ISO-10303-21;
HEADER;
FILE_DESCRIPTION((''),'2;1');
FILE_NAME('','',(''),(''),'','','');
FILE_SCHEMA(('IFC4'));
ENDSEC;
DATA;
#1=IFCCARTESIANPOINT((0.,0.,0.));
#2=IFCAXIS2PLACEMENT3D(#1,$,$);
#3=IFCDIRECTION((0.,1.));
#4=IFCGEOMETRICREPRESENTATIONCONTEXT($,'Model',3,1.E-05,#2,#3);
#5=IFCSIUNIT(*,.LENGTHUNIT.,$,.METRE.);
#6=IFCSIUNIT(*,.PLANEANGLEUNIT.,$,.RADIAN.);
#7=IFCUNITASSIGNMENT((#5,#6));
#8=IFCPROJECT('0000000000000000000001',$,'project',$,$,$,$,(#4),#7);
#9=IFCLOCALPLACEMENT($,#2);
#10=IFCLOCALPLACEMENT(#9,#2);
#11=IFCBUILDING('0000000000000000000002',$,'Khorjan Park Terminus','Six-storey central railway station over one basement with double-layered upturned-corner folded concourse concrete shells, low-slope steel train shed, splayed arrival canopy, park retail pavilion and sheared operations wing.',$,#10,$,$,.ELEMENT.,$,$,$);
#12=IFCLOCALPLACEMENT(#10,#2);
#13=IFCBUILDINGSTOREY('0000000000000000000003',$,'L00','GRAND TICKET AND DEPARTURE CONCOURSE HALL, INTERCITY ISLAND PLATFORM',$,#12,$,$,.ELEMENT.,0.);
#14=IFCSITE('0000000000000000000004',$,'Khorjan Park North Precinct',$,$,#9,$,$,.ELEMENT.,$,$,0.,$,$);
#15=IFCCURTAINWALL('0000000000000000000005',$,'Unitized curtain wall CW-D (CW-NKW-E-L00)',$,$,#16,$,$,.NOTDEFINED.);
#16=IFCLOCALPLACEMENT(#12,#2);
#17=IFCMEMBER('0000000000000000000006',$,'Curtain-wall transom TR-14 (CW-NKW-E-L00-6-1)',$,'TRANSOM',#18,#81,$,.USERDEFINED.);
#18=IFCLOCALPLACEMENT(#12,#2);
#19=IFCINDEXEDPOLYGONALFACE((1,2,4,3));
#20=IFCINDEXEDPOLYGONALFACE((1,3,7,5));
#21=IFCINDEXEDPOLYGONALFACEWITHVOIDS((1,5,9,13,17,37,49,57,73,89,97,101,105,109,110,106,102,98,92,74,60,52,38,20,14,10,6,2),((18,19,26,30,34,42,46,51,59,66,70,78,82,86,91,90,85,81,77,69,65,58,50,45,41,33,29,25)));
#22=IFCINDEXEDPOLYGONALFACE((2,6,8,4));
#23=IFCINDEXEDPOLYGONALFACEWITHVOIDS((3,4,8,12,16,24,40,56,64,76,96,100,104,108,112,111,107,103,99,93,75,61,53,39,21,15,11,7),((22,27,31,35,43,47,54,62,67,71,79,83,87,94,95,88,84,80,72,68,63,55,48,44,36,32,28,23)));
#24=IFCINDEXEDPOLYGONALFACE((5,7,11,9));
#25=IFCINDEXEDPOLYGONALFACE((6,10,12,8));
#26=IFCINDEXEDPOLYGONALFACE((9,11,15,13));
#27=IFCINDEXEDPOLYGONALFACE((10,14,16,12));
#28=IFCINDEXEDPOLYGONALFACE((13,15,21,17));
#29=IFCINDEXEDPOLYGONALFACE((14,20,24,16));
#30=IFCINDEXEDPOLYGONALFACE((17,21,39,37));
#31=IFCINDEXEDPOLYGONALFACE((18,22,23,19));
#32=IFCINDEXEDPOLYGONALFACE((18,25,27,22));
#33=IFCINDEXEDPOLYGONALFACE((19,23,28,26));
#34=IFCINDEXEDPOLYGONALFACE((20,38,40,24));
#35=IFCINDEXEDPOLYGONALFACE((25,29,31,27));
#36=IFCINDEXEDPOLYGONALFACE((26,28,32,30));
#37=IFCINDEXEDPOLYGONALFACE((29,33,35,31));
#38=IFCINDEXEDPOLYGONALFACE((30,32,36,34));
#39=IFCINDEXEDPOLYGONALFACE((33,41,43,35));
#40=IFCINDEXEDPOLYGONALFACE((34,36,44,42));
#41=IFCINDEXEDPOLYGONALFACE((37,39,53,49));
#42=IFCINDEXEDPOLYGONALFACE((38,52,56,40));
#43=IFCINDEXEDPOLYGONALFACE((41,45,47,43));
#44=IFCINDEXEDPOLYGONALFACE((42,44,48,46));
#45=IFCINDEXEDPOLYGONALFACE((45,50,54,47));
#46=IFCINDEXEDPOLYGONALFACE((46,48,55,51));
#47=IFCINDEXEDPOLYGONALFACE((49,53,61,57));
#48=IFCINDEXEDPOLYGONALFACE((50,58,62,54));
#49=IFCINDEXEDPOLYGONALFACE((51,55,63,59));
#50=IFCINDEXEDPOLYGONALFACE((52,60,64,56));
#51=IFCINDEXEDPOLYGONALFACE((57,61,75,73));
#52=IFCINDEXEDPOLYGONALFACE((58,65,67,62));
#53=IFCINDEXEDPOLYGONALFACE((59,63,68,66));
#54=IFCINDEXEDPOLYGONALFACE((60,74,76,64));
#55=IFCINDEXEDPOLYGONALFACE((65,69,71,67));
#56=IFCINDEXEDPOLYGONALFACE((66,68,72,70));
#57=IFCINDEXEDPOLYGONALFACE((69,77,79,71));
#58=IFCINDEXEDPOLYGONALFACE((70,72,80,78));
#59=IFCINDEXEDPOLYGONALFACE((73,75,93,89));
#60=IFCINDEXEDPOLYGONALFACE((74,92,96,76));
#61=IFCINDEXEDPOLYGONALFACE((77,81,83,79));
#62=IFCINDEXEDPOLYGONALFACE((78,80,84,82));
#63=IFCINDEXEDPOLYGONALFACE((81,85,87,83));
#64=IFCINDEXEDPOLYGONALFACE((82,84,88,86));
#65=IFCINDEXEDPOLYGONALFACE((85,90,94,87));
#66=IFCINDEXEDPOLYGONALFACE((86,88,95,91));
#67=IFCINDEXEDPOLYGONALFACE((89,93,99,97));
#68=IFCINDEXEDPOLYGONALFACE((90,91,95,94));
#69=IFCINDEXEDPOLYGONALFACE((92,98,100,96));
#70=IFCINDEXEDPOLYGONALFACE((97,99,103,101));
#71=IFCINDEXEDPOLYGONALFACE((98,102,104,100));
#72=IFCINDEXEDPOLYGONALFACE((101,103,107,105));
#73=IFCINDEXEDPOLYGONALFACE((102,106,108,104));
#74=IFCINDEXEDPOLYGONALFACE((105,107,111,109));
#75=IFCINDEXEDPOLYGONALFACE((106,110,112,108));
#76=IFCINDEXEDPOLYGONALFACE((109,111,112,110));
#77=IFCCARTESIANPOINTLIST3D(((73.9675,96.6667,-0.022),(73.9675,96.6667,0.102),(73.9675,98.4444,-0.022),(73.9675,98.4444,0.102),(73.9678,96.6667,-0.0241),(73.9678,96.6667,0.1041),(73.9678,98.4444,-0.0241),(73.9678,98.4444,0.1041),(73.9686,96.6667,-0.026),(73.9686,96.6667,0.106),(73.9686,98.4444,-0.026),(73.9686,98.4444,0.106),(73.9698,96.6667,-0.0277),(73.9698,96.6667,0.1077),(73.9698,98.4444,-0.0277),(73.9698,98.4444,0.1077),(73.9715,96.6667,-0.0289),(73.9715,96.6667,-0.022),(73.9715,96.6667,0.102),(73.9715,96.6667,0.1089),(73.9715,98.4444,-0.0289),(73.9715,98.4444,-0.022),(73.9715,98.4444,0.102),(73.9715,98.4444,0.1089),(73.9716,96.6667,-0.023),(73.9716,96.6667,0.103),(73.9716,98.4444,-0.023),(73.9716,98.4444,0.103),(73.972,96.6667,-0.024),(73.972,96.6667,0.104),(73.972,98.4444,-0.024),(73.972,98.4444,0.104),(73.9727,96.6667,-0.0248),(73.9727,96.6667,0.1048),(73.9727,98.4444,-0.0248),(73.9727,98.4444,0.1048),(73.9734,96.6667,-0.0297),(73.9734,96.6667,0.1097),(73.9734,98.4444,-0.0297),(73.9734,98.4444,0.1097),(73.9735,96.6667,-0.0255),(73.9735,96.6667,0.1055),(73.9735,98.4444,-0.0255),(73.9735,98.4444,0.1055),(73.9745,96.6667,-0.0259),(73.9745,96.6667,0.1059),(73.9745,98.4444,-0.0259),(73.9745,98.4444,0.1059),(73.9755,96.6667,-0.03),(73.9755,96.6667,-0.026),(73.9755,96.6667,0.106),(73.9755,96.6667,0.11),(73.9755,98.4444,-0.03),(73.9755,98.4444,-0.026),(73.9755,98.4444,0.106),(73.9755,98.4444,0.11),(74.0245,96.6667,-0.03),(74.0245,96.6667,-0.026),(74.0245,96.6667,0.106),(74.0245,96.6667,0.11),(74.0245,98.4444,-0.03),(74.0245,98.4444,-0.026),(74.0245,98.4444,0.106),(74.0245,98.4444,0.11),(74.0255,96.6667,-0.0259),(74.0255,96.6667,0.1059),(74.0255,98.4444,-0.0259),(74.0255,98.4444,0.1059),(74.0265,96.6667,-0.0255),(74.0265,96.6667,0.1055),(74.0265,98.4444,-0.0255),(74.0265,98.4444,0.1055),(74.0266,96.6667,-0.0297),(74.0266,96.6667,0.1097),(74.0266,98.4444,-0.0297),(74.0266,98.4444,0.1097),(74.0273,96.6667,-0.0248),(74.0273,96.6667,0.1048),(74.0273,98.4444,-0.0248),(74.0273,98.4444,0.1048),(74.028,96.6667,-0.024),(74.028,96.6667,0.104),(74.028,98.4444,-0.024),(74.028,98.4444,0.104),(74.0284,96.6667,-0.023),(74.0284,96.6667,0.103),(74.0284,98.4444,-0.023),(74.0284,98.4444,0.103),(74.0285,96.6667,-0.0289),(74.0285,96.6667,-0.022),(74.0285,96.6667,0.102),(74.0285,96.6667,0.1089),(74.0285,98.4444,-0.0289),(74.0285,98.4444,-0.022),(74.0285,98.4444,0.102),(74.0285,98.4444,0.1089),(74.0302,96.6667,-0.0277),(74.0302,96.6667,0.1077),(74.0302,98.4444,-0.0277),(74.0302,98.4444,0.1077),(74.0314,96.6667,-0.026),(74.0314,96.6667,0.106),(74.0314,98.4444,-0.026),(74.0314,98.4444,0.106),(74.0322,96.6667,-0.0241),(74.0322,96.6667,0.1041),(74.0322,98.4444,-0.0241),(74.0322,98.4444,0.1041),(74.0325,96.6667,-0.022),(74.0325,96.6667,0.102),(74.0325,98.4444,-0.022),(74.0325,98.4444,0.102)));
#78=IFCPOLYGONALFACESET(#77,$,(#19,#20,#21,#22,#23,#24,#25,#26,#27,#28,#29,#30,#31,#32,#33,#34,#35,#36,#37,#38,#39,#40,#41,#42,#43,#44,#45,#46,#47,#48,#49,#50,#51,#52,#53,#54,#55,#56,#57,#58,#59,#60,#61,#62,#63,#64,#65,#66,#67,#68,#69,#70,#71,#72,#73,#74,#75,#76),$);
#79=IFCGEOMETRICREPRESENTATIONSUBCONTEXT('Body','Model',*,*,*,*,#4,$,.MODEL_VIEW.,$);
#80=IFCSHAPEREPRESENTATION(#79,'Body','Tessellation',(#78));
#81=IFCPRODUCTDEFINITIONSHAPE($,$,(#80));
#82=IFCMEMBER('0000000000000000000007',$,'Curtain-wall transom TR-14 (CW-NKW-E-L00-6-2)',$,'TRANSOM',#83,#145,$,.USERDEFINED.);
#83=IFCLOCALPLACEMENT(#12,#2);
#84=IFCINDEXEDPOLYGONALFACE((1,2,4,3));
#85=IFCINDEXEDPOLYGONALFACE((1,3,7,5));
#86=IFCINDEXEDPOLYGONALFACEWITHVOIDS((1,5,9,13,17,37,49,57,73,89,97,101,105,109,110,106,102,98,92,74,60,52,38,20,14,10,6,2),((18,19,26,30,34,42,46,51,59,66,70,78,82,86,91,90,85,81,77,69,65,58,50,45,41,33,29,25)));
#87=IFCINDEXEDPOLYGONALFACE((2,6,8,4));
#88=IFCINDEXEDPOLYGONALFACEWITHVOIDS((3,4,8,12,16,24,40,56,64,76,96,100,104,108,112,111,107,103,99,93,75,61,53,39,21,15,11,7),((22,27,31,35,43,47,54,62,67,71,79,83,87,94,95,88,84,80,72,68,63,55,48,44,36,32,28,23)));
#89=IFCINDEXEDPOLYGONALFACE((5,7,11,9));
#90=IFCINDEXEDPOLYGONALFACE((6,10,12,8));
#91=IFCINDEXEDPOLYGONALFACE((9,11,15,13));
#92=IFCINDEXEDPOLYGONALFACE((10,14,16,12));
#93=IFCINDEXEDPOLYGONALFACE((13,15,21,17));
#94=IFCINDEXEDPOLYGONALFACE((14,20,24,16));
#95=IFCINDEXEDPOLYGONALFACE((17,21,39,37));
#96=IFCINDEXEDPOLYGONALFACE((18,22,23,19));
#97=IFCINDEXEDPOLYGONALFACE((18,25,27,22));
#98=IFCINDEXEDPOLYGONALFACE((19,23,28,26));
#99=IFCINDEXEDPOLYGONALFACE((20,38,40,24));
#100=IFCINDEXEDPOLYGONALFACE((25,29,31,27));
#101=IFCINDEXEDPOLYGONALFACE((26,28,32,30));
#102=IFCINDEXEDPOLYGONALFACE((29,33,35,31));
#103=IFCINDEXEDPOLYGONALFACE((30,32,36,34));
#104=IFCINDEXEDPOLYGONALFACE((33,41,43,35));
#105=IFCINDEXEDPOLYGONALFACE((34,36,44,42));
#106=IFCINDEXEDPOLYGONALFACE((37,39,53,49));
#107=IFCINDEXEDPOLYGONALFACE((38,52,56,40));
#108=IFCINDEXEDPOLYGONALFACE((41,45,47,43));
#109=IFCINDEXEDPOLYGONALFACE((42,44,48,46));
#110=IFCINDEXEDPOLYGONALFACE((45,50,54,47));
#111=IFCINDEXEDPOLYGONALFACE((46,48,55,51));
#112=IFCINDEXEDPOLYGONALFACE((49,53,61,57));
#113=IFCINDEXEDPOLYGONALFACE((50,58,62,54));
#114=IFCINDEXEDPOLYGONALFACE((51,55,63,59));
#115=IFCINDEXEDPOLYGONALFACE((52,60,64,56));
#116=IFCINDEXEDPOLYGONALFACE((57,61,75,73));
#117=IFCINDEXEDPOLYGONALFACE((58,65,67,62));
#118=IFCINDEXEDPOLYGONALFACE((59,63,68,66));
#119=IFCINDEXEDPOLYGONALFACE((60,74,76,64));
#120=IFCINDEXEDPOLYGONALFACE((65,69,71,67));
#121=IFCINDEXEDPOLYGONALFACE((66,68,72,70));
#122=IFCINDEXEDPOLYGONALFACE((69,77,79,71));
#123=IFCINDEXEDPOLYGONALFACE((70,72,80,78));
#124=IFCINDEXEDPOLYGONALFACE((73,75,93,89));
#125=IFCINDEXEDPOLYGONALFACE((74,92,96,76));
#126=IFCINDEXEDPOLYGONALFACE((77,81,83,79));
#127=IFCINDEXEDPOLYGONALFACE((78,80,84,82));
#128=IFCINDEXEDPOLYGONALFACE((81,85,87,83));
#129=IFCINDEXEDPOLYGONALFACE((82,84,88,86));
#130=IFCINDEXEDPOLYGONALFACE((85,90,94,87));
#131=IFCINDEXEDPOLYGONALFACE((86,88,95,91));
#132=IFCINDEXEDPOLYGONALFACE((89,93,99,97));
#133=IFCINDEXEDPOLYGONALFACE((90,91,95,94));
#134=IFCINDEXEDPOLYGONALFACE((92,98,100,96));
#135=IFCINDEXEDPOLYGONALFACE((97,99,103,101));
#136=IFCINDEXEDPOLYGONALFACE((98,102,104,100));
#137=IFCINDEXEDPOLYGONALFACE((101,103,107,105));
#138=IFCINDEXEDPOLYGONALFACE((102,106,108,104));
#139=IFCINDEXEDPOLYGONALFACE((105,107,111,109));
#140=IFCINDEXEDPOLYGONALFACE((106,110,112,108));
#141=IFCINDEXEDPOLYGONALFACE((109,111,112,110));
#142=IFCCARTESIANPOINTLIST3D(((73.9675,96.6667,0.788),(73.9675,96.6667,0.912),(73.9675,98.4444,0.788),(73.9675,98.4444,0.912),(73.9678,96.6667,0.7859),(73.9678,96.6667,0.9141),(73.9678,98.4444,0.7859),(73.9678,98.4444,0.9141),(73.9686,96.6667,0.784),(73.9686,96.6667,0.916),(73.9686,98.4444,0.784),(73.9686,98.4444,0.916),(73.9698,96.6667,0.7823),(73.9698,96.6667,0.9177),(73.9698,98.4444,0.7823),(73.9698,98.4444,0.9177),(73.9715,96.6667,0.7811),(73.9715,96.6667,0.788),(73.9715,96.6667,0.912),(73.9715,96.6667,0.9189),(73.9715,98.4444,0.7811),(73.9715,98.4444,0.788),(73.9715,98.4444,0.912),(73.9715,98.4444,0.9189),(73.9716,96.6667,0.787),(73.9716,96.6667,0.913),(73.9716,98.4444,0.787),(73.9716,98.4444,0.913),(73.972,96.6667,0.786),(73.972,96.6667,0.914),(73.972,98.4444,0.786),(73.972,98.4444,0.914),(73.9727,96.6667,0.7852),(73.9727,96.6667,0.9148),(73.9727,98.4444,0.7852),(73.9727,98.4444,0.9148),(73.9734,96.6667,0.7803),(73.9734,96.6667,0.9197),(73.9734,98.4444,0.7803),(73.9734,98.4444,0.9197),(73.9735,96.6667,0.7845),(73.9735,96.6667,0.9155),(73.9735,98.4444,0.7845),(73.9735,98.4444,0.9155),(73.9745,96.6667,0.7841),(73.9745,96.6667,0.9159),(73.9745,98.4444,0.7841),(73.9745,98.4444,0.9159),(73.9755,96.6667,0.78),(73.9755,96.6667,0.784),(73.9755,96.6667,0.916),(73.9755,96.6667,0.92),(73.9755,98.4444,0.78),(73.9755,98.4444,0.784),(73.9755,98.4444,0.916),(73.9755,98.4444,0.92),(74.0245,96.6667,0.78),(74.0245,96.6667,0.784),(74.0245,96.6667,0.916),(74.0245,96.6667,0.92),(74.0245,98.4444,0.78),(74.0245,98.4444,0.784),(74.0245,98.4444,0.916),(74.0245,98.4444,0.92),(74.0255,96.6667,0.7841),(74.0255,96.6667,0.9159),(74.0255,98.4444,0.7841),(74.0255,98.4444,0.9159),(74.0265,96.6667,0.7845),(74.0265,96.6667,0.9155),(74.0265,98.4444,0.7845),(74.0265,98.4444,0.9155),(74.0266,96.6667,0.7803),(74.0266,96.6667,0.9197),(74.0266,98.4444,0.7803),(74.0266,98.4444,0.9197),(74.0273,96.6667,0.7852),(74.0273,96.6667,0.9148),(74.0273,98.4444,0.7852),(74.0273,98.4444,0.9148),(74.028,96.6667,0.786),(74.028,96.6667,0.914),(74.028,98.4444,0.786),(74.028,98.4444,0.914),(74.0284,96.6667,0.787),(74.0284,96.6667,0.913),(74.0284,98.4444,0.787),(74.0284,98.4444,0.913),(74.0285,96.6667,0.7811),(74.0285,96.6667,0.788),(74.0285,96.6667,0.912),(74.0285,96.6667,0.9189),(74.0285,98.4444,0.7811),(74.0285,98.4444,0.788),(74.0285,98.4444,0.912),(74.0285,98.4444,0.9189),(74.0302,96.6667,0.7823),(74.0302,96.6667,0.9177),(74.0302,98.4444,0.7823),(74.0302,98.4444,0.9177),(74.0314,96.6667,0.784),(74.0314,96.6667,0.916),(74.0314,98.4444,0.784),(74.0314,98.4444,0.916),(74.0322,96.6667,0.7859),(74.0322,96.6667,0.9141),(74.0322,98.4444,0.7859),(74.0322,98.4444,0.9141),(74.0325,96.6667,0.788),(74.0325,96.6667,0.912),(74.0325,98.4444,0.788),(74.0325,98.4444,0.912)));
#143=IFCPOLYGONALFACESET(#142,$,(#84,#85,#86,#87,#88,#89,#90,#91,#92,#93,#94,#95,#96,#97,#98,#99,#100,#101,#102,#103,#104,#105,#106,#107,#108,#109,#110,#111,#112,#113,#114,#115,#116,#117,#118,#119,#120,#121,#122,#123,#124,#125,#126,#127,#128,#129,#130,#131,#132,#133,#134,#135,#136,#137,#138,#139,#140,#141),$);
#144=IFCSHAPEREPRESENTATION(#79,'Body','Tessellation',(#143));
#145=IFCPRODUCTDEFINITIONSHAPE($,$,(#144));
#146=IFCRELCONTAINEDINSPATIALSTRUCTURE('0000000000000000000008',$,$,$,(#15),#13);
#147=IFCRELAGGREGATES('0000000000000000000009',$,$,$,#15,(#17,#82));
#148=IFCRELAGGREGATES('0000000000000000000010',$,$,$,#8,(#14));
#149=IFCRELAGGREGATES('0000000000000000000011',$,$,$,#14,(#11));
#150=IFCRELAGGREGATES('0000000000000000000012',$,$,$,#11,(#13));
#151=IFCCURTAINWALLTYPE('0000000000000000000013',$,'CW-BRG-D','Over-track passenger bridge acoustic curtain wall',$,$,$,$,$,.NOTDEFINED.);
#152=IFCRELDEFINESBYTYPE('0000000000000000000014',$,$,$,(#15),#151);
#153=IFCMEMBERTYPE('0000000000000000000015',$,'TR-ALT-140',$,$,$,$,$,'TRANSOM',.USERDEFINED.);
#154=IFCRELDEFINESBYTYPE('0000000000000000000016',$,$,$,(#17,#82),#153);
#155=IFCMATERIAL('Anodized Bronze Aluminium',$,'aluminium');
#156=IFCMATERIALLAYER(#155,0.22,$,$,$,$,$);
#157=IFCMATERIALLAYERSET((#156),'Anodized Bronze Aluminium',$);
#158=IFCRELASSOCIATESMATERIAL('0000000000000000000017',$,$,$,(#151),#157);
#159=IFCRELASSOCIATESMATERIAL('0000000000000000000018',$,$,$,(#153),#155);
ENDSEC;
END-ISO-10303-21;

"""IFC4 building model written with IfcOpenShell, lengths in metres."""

from ifc_helpers import new_model, si_unit, direction, frame, origin, origin_2d, place, context, subcontext, project, spatial, hollow_rectangle, extrude, material, layer, layer_set, material_profile, profile_set, type_object, element, aggregate, save


model = new_model("IFC4")

# Units and contexts
model_context = context("Model", 3, precision=1e-05, world=origin(), true_north=direction((0.0, 1.0)))
body_context = subcontext(model_context, "Body", "Model", "MODEL_VIEW")
ifc_project = project(units=[si_unit("LENGTHUNIT", "METRE"), si_unit("PLANEANGLEUNIT", "RADIAN")], contexts=[model_context])

# Site, building, storey
site_placement = place(None, origin())
site = spatial("IfcSite", under=ifc_project, at=site_placement, Name="Khorjan Park North Precinct", CompositionType="ELEMENT", RefElevation=0.0)
building_placement = place(site_placement, origin())
building = spatial("IfcBuilding", under=site, at=building_placement, Name="Khorjan Park Terminus", Description="Six-storey central railway station over one basement with double-layered upturned-corner folded concourse concrete shells, low-slope steel train shed, splayed arrival canopy, park retail pavilion and sheared operations wing.", CompositionType="ELEMENT")
storey_placement = place(building_placement, origin())
storey = spatial("IfcBuildingStorey", under=building, at=storey_placement, Name="L00", Description="GRAND TICKET AND DEPARTURE CONCOURSE HALL, INTERCITY ISLAND PLATFORM", CompositionType="ELEMENT", Elevation=0.0)

# Curtain wall, members
ifc_material_1 = material(Name="Anodized Bronze Aluminium", Category="aluminium")
ifc_layer_1 = layer(ifc_material_1, 0.22)
ifc_layer_set_1 = layer_set([ifc_layer_1], Name="Anodized Bronze Aluminium")
curtain_wall_type = type_object("IfcCurtainWallType", Name="CW-BRG-D", Description="Over-track passenger bridge acoustic curtain wall", PredefinedType="NOTDEFINED", material=ifc_layer_set_1)
curtain_wall_placement = place(storey_placement, origin())
curtain_wall = element("IfcCurtainWall", 1, at=curtain_wall_placement, inside=storey, type_object=curtain_wall_type, Name="Unitized curtain wall CW-D (CW-NKW-E-L00)", PredefinedType="NOTDEFINED")
ifc_material_profile_1 = material_profile(ifc_material_1, hollow_rectangle(XDim=0.065, YDim=0.14, WallThickness=0.004, InnerFilletRadius=0.004, OuterFilletRadius=0.008, at=origin_2d()), Name="ALT 65x140x4")
ifc_profile_set_1 = profile_set([ifc_material_profile_1], Name="Anodized Bronze Aluminium")
member_type_1 = type_object("IfcMemberType", Name="TR-ALT-140", ElementType="TRANSOM", PredefinedType="USERDEFINED", material=ifc_profile_set_1)
member_1_placement = place(storey_placement, frame((74.0, 96.6667, 0.04), z_axis=(0.0, 1.0, 0.0), x_axis=(-1.0, 0.0, 0.0)))
member_1 = element("IfcMember", 2, at=member_1_placement, type_object=member_type_1, Name="Curtain-wall transom TR-14 (CW-NKW-E-L00-6-1)", ObjectType="TRANSOM", PredefinedType="USERDEFINED", context=body_context, shape_type="SweptSolid", body=[
    extrude(hollow_rectangle(XDim=0.065, YDim=0.14, WallThickness=0.004, InnerFilletRadius=0.004, OuterFilletRadius=0.008, at=origin_2d()), origin(), (0.0, 0.0, 1.0), 1.7777),
])
member_2_placement = place(storey_placement, frame((74.0, 96.6667, 0.85), z_axis=(0.0, 1.0, 0.0), x_axis=(-1.0, 0.0, 0.0)))
member_2 = element("IfcMember", 3, at=member_2_placement, type_object=member_type_1, Name="Curtain-wall transom TR-14 (CW-NKW-E-L00-6-2)", ObjectType="TRANSOM", PredefinedType="USERDEFINED", context=body_context, shape_type="SweptSolid", body=[
    extrude(hollow_rectangle(XDim=0.065, YDim=0.14, WallThickness=0.004, InnerFilletRadius=0.004, OuterFilletRadius=0.008, at=origin_2d()), origin(), (0.0, 0.0, 1.0), 1.7777),
])
aggregate(curtain_wall, [member_1, member_2])

save(model, "model.ifc")
